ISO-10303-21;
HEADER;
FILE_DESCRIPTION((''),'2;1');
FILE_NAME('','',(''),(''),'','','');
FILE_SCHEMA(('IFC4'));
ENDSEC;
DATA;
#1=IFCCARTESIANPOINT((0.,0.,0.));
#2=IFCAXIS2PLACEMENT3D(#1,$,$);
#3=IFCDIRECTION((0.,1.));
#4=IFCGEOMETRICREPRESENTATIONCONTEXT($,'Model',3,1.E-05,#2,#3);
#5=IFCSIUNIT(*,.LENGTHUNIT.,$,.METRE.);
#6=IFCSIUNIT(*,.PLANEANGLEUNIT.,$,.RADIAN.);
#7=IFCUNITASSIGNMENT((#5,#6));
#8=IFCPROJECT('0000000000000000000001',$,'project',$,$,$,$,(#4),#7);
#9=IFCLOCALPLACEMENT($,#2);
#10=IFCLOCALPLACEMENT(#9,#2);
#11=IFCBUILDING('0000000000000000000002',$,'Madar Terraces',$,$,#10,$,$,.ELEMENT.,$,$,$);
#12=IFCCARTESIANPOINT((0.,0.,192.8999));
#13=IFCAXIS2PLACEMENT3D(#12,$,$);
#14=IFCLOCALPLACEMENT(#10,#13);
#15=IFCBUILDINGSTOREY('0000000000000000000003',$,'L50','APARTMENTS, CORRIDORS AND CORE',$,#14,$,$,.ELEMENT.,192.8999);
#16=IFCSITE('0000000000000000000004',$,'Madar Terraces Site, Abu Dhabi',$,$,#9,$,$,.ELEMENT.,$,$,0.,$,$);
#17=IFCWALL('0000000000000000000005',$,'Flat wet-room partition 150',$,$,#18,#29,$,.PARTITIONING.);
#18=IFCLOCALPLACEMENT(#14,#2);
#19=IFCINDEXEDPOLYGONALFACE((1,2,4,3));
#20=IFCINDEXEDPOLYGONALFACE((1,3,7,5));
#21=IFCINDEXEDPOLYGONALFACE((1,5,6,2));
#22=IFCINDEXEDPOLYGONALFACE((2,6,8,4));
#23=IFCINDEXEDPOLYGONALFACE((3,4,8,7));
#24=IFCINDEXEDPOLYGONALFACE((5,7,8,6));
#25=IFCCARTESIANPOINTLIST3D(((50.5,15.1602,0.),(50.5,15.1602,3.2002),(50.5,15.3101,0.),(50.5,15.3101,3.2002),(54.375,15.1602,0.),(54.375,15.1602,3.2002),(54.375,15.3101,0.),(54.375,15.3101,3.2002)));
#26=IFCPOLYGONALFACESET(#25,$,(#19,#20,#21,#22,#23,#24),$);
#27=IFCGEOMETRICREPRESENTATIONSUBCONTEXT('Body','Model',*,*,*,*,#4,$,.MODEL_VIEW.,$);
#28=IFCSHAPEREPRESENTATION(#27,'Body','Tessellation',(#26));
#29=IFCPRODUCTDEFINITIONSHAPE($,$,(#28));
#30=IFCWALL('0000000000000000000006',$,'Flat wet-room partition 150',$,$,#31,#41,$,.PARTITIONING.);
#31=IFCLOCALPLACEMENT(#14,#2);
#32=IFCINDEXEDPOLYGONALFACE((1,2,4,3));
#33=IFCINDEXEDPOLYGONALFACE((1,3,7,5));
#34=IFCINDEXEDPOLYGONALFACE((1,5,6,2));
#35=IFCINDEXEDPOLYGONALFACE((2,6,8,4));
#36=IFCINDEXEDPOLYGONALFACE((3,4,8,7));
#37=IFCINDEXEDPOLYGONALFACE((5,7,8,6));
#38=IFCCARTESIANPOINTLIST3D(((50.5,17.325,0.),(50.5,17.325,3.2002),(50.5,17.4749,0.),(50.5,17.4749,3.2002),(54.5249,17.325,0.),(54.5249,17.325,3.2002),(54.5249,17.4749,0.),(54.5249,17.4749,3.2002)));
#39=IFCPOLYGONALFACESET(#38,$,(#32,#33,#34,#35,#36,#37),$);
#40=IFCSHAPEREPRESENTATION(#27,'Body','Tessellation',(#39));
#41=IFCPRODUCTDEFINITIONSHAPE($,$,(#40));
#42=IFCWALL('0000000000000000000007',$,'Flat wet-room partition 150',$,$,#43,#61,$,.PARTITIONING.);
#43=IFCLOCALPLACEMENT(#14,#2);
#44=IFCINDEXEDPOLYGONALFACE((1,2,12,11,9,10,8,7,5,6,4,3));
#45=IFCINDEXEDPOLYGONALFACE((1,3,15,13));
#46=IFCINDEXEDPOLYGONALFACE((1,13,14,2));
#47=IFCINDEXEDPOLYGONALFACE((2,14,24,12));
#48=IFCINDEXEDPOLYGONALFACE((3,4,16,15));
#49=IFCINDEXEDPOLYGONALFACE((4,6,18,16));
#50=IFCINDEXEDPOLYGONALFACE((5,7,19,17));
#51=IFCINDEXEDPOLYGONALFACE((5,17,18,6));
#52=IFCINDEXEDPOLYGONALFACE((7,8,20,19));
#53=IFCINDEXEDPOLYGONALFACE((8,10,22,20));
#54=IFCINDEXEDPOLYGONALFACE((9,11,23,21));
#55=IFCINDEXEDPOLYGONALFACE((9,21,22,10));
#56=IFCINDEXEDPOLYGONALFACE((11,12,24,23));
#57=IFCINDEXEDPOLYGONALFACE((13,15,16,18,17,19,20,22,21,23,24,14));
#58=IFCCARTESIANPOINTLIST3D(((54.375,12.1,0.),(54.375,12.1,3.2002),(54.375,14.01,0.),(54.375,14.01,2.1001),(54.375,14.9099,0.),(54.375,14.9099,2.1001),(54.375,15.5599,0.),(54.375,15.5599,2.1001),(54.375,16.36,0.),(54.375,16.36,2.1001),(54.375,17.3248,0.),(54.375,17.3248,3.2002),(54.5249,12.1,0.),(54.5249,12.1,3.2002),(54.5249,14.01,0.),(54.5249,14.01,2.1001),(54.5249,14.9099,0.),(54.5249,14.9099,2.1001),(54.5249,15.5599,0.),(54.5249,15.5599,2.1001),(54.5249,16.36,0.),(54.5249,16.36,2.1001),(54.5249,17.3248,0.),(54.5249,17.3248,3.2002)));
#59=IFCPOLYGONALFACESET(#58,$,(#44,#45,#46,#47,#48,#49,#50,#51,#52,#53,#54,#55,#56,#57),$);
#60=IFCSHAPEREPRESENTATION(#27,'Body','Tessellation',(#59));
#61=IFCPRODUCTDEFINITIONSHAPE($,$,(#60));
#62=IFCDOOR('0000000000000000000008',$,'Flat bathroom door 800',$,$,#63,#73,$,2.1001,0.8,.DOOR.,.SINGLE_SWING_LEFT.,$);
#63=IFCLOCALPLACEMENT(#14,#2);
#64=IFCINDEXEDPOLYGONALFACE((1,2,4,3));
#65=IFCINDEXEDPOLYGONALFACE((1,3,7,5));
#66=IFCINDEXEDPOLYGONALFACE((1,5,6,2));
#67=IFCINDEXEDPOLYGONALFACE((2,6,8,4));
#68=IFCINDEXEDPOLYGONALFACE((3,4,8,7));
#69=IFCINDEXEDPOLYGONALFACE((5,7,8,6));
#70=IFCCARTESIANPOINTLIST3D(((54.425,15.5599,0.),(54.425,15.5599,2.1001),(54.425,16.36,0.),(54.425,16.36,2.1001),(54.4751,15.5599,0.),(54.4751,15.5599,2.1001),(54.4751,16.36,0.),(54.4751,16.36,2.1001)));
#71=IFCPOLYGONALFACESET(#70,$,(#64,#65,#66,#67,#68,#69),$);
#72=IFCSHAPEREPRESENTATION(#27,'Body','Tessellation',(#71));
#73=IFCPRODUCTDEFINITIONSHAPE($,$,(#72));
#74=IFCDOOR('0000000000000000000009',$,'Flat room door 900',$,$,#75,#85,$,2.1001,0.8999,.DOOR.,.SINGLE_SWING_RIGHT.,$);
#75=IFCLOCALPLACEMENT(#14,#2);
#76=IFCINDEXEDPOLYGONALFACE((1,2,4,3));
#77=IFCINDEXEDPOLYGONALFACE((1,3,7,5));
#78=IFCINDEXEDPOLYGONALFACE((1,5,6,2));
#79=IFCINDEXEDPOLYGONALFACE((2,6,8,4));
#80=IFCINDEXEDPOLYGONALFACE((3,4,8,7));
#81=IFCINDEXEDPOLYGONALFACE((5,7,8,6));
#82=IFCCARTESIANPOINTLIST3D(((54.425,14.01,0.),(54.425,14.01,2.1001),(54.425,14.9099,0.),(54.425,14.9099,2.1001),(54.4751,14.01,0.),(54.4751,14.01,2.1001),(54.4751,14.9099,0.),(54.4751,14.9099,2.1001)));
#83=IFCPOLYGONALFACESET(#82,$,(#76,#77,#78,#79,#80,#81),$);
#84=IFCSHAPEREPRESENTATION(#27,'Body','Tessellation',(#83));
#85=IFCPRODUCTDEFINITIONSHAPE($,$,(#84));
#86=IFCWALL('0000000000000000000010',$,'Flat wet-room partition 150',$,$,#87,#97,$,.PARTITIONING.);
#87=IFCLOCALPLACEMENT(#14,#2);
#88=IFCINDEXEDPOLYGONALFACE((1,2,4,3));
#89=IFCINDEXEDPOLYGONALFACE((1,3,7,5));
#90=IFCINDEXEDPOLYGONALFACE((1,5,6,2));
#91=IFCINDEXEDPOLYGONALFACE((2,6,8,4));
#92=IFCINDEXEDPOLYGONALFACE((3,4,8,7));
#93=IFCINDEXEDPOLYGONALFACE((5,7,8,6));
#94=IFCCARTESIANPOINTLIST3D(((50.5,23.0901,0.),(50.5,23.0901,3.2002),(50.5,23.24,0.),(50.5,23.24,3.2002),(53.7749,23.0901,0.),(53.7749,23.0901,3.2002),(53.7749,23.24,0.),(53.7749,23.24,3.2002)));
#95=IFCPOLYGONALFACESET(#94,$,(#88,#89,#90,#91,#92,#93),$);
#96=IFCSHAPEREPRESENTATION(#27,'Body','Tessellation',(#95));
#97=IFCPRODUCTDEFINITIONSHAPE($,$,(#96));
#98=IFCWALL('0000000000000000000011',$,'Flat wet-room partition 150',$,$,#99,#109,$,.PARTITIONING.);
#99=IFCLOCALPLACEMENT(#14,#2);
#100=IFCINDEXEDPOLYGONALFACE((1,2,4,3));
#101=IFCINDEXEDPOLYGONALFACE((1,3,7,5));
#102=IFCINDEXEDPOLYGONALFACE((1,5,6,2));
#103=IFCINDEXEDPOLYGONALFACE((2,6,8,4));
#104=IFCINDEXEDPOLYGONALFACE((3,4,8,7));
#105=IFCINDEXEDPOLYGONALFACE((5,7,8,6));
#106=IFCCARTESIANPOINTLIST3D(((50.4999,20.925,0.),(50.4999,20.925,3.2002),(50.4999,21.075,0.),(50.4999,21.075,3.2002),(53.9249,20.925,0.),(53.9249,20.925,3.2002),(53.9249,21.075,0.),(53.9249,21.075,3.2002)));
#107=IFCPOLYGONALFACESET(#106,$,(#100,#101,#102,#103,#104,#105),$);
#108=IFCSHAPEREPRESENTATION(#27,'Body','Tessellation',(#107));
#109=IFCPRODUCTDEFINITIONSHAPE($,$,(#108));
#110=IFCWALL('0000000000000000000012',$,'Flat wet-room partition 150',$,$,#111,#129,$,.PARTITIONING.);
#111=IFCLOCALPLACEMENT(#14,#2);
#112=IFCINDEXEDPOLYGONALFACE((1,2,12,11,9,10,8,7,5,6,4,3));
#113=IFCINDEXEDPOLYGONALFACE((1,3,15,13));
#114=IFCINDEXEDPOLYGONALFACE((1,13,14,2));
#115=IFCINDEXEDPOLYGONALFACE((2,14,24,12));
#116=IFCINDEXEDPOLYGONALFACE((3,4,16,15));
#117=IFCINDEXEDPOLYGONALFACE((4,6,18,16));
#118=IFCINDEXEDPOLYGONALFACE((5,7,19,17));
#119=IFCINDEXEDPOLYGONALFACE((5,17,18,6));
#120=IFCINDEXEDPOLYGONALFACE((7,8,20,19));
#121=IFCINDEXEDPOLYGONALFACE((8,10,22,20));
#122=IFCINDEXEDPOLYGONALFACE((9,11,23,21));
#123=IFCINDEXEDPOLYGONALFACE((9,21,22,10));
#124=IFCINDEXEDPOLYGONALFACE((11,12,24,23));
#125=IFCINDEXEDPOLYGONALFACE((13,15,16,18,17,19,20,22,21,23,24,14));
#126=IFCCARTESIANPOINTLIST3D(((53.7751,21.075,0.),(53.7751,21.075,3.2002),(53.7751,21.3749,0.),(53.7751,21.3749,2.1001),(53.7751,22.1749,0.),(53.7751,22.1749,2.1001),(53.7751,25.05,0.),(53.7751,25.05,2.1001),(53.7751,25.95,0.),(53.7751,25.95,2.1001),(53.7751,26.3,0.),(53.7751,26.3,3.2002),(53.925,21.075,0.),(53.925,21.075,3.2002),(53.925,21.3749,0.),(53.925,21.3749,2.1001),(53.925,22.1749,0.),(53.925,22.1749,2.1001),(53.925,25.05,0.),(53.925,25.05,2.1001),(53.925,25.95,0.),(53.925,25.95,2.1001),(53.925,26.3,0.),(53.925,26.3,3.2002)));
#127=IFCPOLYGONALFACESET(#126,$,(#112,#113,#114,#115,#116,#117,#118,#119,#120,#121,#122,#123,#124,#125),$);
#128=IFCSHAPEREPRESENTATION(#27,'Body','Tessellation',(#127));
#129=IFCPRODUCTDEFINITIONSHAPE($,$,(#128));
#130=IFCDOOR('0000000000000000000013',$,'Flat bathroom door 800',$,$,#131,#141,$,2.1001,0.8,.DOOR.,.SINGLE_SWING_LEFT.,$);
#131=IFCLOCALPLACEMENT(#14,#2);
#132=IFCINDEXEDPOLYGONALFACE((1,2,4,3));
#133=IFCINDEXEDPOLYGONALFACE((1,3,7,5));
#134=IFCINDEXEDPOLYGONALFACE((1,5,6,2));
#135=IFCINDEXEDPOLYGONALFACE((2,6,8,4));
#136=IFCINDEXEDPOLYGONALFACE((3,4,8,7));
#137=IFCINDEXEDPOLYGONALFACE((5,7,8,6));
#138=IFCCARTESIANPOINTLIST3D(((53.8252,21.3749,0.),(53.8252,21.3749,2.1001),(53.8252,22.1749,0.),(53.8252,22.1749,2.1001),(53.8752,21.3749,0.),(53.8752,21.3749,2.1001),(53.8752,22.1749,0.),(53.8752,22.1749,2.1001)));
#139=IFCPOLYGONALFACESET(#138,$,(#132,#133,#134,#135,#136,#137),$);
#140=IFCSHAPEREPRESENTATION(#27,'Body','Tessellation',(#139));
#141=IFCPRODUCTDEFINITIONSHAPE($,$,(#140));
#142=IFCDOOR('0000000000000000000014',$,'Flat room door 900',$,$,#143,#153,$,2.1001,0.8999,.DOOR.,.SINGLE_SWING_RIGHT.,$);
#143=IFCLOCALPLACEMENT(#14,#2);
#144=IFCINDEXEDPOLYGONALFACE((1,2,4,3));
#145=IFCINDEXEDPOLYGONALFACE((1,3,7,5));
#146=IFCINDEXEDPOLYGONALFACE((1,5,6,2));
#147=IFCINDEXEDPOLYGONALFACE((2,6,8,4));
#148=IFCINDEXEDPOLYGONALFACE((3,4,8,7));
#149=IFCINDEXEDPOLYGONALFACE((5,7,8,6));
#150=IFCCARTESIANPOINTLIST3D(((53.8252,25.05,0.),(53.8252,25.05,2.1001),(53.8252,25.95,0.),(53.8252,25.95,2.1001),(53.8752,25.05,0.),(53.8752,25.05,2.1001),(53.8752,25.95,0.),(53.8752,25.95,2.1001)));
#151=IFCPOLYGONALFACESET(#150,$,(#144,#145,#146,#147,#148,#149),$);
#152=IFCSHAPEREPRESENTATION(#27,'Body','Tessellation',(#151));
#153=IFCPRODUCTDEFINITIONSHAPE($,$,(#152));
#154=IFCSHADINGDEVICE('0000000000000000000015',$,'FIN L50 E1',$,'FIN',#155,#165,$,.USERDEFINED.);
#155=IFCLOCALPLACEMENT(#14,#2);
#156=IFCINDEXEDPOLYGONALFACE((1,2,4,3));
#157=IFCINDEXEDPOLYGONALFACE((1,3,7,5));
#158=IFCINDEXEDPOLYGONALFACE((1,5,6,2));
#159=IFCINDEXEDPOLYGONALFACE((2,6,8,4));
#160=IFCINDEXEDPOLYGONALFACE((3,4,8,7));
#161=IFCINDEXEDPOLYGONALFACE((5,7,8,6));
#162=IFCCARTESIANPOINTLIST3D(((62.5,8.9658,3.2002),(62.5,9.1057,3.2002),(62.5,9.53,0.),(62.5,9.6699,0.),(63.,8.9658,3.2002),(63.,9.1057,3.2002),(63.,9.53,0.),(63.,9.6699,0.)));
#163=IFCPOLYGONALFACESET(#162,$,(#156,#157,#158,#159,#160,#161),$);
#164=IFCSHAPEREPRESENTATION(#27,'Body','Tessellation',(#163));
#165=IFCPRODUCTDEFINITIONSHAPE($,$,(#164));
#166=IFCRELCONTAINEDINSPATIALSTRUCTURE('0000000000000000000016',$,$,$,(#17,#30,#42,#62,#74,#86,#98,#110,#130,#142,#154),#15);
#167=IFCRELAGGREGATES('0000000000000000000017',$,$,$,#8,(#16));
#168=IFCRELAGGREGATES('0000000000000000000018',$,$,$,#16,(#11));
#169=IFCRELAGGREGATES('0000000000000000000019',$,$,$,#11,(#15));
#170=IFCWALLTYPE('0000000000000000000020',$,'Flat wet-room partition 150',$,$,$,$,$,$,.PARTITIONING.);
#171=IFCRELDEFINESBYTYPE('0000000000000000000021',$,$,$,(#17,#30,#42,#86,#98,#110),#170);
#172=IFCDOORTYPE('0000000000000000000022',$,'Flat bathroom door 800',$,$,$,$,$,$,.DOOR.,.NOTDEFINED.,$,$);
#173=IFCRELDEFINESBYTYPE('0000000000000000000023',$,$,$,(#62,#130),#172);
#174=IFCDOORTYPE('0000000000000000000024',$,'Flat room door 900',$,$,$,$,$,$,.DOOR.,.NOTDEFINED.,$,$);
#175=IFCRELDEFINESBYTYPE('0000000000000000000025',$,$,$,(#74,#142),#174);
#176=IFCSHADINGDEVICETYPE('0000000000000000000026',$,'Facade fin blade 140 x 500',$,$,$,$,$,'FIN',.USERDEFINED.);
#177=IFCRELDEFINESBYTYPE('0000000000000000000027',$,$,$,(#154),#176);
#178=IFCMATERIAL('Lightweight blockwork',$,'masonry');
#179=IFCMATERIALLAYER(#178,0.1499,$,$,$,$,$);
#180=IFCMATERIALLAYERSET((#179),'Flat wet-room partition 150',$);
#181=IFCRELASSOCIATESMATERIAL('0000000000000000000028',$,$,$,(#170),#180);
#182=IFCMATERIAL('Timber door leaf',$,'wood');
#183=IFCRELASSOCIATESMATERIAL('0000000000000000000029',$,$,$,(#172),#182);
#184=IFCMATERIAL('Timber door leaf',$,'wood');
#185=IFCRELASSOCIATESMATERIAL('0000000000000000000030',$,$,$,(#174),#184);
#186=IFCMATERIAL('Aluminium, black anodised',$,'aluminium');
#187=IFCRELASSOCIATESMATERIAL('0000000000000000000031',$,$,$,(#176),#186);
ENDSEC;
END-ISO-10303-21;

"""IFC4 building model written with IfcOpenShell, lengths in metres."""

from ifc_helpers import new_model, si_unit, direction, frame, frame_2d, origin, place, context, subcontext, project, spatial, polyline, rectangle, outline, extrude, material, layer, layer_set, type_object, element, fill, save


model = new_model("IFC4")

# Units and contexts
model_context = context("Model", 3, precision=1e-05, world=origin(), true_north=direction((0.0, 1.0)))
body_context = subcontext(model_context, "Body", "Model", "MODEL_VIEW")
ifc_project = project(units=[si_unit("LENGTHUNIT", "METRE"), si_unit("PLANEANGLEUNIT", "RADIAN")], contexts=[model_context])

# Site, building, storey
site_placement = place(None, origin())
site = spatial("IfcSite", under=ifc_project, at=site_placement, Name="Madar Terraces Site, Abu Dhabi", CompositionType="ELEMENT", RefElevation=0.0)
building_placement = place(site_placement, origin())
building = spatial("IfcBuilding", under=site, at=building_placement, Name="Madar Terraces", CompositionType="ELEMENT")
storey_placement = place(building_placement, frame((0.0, 0.0, 192.8999)))
storey = spatial("IfcBuildingStorey", under=building, at=storey_placement, Name="L50", Description="APARTMENTS, CORRIDORS AND CORE", CompositionType="ELEMENT", Elevation=192.8999)

# Walls
ifc_material_1 = material(Name="Lightweight blockwork", Category="masonry")
ifc_layer_1 = layer(ifc_material_1, 0.1499)
ifc_layer_set_1 = layer_set([ifc_layer_1], Name="Flat wet-room partition 150")
wall_type_1 = type_object("IfcWallType", Name="Flat wet-room partition 150", PredefinedType="PARTITIONING", material=ifc_layer_set_1)
wall_1_placement = place(storey_placement, frame((50.5, 15.2351, 0.0), z_axis=(0.0, 0.0, 1.0), x_axis=(1.0, 0.0, 0.0)))
element("IfcWall", 1, at=wall_1_placement, inside=storey, type_object=wall_type_1, Name="Flat wet-room partition 150", PredefinedType="PARTITIONING", context=body_context, shape_type="SweptSolid", body=[
    extrude(rectangle(XDim=3.875, YDim=0.1499, at=frame_2d((1.9375, 0.0))), origin(), (0.0, 0.0, 1.0), 3.2002),
])
wall_2_placement = place(storey_placement, frame((50.5, 17.3999, 0.0), z_axis=(0.0, 0.0, 1.0), x_axis=(1.0, 0.0, 0.0)))
element("IfcWall", 2, at=wall_2_placement, inside=storey, type_object=wall_type_1, Name="Flat wet-room partition 150", PredefinedType="PARTITIONING", context=body_context, shape_type="SweptSolid", body=[
    extrude(rectangle(XDim=4.0249, YDim=0.1499, at=frame_2d((2.0125, 0.0))), origin(), (0.0, 0.0, 1.0), 3.2002),
])

# Wall, openings, doors
wall_3_placement = place(storey_placement, frame((54.45, 12.1001, 0.0), z_axis=(0.0, 0.0, 1.0), x_axis=(0.0, 1.0, 0.0)))
wall_3 = element("IfcWall", 3, at=wall_3_placement, inside=storey, type_object=wall_type_1, Name="Flat wet-room partition 150", PredefinedType="PARTITIONING", context=body_context, shape_type="SweptSolid", body=[
    extrude(rectangle(XDim=5.2249, YDim=0.1499, at=frame_2d((2.6123, 0.0))), origin(), (0.0, 0.0, 1.0), 3.2002),
])
opening_1_placement = place(wall_3_placement, frame((3.46, 0.0, 0.0)))
opening_1 = element("IfcOpeningElement", 4, at=opening_1_placement, cuts=wall_3, PredefinedType="OPENING", context=body_context, shape_type="SweptSolid", body=[
    extrude(rectangle(XDim=0.8, YDim=2.1001, at=frame_2d((0.3999, 1.05))), frame((0.0, 0.085, 0.0), z_axis=(0.0, -1.0, 0.0), x_axis=(1.0, 0.0, 0.0)), (0.0, 0.0, 1.0), 0.1699),
])
opening_2_placement = place(wall_3_placement, frame((1.9099, 0.0, 0.0)))
opening_2 = element("IfcOpeningElement", 5, at=opening_2_placement, cuts=wall_3, PredefinedType="OPENING", context=body_context, shape_type="SweptSolid", body=[
    extrude(rectangle(XDim=0.8999, YDim=2.1001, at=frame_2d((0.45, 1.05))), frame((0.0, 0.085, 0.0), z_axis=(0.0, -1.0, 0.0), x_axis=(1.0, 0.0, 0.0)), (0.0, 0.0, 1.0), 0.1699),
])
ifc_material_2 = material(Name="Timber door leaf", Category="wood")
door_type_1 = type_object("IfcDoorType", Name="Flat bathroom door 800", OperationType="NOTDEFINED", PredefinedType="DOOR", material=ifc_material_2)
door_1_placement = place(opening_1_placement, origin())
door_1 = element("IfcDoor", 6, at=door_1_placement, inside=storey, type_object=door_type_1, Name="Flat bathroom door 800", OperationType="SINGLE_SWING_LEFT", OverallHeight=2.1001, OverallWidth=0.8, PredefinedType="DOOR", context=body_context, shape_type="SweptSolid", body=[
    extrude(rectangle(XDim=0.8, YDim=2.1001, at=frame_2d((0.3999, 1.05))), frame((0.0, 0.0249, 0.0), z_axis=(0.0, -1.0, 0.0), x_axis=(1.0, 0.0, 0.0)), (0.0, 0.0, 1.0), 0.05),
])
fill(opening_1, door_1)
ifc_material_3 = material(Name="Timber door leaf", Category="wood")
door_type_2 = type_object("IfcDoorType", Name="Flat room door 900", OperationType="NOTDEFINED", PredefinedType="DOOR", material=ifc_material_3)
door_2_placement = place(opening_2_placement, origin())
door_2 = element("IfcDoor", 7, at=door_2_placement, inside=storey, type_object=door_type_2, Name="Flat room door 900", OperationType="SINGLE_SWING_RIGHT", OverallHeight=2.1001, OverallWidth=0.8999, PredefinedType="DOOR", context=body_context, shape_type="SweptSolid", body=[
    extrude(rectangle(XDim=0.8999, YDim=2.1001, at=frame_2d((0.45, 1.05))), frame((0.0, 0.0249, 0.0), z_axis=(0.0, -1.0, 0.0), x_axis=(1.0, 0.0, 0.0)), (0.0, 0.0, 1.0), 0.05),
])
fill(opening_2, door_2)

# Walls
wall_4_placement = place(storey_placement, frame((50.5, 23.165, 0.0), z_axis=(0.0, 0.0, 1.0), x_axis=(1.0, 0.0, 0.0)))
element("IfcWall", 8, at=wall_4_placement, inside=storey, type_object=wall_type_1, Name="Flat wet-room partition 150", PredefinedType="PARTITIONING", context=body_context, shape_type="SweptSolid", body=[
    extrude(rectangle(XDim=3.2749, YDim=0.1499, at=frame_2d((1.6375, 0.0))), origin(), (0.0, 0.0, 1.0), 3.2002),
])
wall_5_placement = place(storey_placement, frame((50.5, 21.0, 0.0), z_axis=(0.0, 0.0, 1.0), x_axis=(1.0, 0.0, 0.0)))
element("IfcWall", 9, at=wall_5_placement, inside=storey, type_object=wall_type_1, Name="Flat wet-room partition 150", PredefinedType="PARTITIONING", context=body_context, shape_type="SweptSolid", body=[
    extrude(rectangle(XDim=3.425, YDim=0.1499, at=frame_2d((1.7124, 0.0))), origin(), (0.0, 0.0, 1.0), 3.2002),
])

# Wall, openings, doors
wall_6_placement = place(storey_placement, frame((53.8501, 21.075, 0.0), z_axis=(0.0, 0.0, 1.0), x_axis=(0.0, 1.0, 0.0)))
wall_6 = element("IfcWall", 10, at=wall_6_placement, inside=storey, type_object=wall_type_1, Name="Flat wet-room partition 150", PredefinedType="PARTITIONING", context=body_context, shape_type="SweptSolid", body=[
    extrude(rectangle(XDim=5.2251, YDim=0.1499, at=frame_2d((2.6125, 0.0))), origin(), (0.0, 0.0, 1.0), 3.2002),
])
opening_3_placement = place(wall_6_placement, frame((0.3, 0.0, 0.0)))
opening_3 = element("IfcOpeningElement", 11, at=opening_3_placement, cuts=wall_6, PredefinedType="OPENING", context=body_context, shape_type="SweptSolid", body=[
    extrude(rectangle(XDim=0.8, YDim=2.1001, at=frame_2d((0.3999, 1.05))), frame((0.0, 0.085, 0.0), z_axis=(0.0, -1.0, 0.0), x_axis=(1.0, 0.0, 0.0)), (0.0, 0.0, 1.0), 0.1699),
])
opening_4_placement = place(wall_6_placement, frame((3.9751, 0.0, 0.0)))
opening_4 = element("IfcOpeningElement", 12, at=opening_4_placement, cuts=wall_6, PredefinedType="OPENING", context=body_context, shape_type="SweptSolid", body=[
    extrude(rectangle(XDim=0.8999, YDim=2.1001, at=frame_2d((0.45, 1.05))), frame((0.0, 0.085, 0.0), z_axis=(0.0, -1.0, 0.0), x_axis=(1.0, 0.0, 0.0)), (0.0, 0.0, 1.0), 0.1699),
])
door_3_placement = place(opening_3_placement, origin())
door_3 = element("IfcDoor", 13, at=door_3_placement, inside=storey, type_object=door_type_1, Name="Flat bathroom door 800", OperationType="SINGLE_SWING_LEFT", OverallHeight=2.1001, OverallWidth=0.8, PredefinedType="DOOR", context=body_context, shape_type="SweptSolid", body=[
    extrude(rectangle(XDim=0.8, YDim=2.1001, at=frame_2d((0.3999, 1.05))), frame((0.0, 0.0249, 0.0), z_axis=(0.0, -1.0, 0.0), x_axis=(1.0, 0.0, 0.0)), (0.0, 0.0, 1.0), 0.05),
])
fill(opening_3, door_3)
door_4_placement = place(opening_4_placement, origin())
door_4 = element("IfcDoor", 14, at=door_4_placement, inside=storey, type_object=door_type_2, Name="Flat room door 900", OperationType="SINGLE_SWING_RIGHT", OverallHeight=2.1001, OverallWidth=0.8999, PredefinedType="DOOR", context=body_context, shape_type="SweptSolid", body=[
    extrude(rectangle(XDim=0.8999, YDim=2.1001, at=frame_2d((0.45, 1.05))), frame((0.0, 0.0249, 0.0), z_axis=(0.0, -1.0, 0.0), x_axis=(1.0, 0.0, 0.0)), (0.0, 0.0, 1.0), 0.05),
])
fill(opening_4, door_4)

# Shading device
ifc_material_4 = material(Name="Aluminium, black anodised", Category="aluminium")
shading_device_type = type_object("IfcShadingDeviceType", Name="Facade fin blade 140 x 500", ElementType="FIN", PredefinedType="USERDEFINED", material=ifc_material_4)
shading_device_1_placement = place(storey_placement, frame((62.75, 9.53, 0.0), z_axis=(0.0, 0.0, 1.0), x_axis=(0.0, 1.0, 0.0)))
element("IfcShadingDevice", 15, at=shading_device_1_placement, inside=storey, type_object=shading_device_type, Name="FIN L50 E1", ObjectType="FIN", PredefinedType="USERDEFINED", context=body_context, shape_type="SweptSolid", body=[
    extrude(outline(polyline([(0.0, 0.0), (0.1399, 0.0), (-0.4243, 3.2002), (-0.5642, 3.2002), (0.0, 0.0)])), frame((0.0, 0.25, 0.0), z_axis=(0.0, -1.0, 0.0), x_axis=(1.0, 0.0, 0.0)), (0.0, 0.0, 1.0), 0.5),
])

save(model, "model.ifc")
